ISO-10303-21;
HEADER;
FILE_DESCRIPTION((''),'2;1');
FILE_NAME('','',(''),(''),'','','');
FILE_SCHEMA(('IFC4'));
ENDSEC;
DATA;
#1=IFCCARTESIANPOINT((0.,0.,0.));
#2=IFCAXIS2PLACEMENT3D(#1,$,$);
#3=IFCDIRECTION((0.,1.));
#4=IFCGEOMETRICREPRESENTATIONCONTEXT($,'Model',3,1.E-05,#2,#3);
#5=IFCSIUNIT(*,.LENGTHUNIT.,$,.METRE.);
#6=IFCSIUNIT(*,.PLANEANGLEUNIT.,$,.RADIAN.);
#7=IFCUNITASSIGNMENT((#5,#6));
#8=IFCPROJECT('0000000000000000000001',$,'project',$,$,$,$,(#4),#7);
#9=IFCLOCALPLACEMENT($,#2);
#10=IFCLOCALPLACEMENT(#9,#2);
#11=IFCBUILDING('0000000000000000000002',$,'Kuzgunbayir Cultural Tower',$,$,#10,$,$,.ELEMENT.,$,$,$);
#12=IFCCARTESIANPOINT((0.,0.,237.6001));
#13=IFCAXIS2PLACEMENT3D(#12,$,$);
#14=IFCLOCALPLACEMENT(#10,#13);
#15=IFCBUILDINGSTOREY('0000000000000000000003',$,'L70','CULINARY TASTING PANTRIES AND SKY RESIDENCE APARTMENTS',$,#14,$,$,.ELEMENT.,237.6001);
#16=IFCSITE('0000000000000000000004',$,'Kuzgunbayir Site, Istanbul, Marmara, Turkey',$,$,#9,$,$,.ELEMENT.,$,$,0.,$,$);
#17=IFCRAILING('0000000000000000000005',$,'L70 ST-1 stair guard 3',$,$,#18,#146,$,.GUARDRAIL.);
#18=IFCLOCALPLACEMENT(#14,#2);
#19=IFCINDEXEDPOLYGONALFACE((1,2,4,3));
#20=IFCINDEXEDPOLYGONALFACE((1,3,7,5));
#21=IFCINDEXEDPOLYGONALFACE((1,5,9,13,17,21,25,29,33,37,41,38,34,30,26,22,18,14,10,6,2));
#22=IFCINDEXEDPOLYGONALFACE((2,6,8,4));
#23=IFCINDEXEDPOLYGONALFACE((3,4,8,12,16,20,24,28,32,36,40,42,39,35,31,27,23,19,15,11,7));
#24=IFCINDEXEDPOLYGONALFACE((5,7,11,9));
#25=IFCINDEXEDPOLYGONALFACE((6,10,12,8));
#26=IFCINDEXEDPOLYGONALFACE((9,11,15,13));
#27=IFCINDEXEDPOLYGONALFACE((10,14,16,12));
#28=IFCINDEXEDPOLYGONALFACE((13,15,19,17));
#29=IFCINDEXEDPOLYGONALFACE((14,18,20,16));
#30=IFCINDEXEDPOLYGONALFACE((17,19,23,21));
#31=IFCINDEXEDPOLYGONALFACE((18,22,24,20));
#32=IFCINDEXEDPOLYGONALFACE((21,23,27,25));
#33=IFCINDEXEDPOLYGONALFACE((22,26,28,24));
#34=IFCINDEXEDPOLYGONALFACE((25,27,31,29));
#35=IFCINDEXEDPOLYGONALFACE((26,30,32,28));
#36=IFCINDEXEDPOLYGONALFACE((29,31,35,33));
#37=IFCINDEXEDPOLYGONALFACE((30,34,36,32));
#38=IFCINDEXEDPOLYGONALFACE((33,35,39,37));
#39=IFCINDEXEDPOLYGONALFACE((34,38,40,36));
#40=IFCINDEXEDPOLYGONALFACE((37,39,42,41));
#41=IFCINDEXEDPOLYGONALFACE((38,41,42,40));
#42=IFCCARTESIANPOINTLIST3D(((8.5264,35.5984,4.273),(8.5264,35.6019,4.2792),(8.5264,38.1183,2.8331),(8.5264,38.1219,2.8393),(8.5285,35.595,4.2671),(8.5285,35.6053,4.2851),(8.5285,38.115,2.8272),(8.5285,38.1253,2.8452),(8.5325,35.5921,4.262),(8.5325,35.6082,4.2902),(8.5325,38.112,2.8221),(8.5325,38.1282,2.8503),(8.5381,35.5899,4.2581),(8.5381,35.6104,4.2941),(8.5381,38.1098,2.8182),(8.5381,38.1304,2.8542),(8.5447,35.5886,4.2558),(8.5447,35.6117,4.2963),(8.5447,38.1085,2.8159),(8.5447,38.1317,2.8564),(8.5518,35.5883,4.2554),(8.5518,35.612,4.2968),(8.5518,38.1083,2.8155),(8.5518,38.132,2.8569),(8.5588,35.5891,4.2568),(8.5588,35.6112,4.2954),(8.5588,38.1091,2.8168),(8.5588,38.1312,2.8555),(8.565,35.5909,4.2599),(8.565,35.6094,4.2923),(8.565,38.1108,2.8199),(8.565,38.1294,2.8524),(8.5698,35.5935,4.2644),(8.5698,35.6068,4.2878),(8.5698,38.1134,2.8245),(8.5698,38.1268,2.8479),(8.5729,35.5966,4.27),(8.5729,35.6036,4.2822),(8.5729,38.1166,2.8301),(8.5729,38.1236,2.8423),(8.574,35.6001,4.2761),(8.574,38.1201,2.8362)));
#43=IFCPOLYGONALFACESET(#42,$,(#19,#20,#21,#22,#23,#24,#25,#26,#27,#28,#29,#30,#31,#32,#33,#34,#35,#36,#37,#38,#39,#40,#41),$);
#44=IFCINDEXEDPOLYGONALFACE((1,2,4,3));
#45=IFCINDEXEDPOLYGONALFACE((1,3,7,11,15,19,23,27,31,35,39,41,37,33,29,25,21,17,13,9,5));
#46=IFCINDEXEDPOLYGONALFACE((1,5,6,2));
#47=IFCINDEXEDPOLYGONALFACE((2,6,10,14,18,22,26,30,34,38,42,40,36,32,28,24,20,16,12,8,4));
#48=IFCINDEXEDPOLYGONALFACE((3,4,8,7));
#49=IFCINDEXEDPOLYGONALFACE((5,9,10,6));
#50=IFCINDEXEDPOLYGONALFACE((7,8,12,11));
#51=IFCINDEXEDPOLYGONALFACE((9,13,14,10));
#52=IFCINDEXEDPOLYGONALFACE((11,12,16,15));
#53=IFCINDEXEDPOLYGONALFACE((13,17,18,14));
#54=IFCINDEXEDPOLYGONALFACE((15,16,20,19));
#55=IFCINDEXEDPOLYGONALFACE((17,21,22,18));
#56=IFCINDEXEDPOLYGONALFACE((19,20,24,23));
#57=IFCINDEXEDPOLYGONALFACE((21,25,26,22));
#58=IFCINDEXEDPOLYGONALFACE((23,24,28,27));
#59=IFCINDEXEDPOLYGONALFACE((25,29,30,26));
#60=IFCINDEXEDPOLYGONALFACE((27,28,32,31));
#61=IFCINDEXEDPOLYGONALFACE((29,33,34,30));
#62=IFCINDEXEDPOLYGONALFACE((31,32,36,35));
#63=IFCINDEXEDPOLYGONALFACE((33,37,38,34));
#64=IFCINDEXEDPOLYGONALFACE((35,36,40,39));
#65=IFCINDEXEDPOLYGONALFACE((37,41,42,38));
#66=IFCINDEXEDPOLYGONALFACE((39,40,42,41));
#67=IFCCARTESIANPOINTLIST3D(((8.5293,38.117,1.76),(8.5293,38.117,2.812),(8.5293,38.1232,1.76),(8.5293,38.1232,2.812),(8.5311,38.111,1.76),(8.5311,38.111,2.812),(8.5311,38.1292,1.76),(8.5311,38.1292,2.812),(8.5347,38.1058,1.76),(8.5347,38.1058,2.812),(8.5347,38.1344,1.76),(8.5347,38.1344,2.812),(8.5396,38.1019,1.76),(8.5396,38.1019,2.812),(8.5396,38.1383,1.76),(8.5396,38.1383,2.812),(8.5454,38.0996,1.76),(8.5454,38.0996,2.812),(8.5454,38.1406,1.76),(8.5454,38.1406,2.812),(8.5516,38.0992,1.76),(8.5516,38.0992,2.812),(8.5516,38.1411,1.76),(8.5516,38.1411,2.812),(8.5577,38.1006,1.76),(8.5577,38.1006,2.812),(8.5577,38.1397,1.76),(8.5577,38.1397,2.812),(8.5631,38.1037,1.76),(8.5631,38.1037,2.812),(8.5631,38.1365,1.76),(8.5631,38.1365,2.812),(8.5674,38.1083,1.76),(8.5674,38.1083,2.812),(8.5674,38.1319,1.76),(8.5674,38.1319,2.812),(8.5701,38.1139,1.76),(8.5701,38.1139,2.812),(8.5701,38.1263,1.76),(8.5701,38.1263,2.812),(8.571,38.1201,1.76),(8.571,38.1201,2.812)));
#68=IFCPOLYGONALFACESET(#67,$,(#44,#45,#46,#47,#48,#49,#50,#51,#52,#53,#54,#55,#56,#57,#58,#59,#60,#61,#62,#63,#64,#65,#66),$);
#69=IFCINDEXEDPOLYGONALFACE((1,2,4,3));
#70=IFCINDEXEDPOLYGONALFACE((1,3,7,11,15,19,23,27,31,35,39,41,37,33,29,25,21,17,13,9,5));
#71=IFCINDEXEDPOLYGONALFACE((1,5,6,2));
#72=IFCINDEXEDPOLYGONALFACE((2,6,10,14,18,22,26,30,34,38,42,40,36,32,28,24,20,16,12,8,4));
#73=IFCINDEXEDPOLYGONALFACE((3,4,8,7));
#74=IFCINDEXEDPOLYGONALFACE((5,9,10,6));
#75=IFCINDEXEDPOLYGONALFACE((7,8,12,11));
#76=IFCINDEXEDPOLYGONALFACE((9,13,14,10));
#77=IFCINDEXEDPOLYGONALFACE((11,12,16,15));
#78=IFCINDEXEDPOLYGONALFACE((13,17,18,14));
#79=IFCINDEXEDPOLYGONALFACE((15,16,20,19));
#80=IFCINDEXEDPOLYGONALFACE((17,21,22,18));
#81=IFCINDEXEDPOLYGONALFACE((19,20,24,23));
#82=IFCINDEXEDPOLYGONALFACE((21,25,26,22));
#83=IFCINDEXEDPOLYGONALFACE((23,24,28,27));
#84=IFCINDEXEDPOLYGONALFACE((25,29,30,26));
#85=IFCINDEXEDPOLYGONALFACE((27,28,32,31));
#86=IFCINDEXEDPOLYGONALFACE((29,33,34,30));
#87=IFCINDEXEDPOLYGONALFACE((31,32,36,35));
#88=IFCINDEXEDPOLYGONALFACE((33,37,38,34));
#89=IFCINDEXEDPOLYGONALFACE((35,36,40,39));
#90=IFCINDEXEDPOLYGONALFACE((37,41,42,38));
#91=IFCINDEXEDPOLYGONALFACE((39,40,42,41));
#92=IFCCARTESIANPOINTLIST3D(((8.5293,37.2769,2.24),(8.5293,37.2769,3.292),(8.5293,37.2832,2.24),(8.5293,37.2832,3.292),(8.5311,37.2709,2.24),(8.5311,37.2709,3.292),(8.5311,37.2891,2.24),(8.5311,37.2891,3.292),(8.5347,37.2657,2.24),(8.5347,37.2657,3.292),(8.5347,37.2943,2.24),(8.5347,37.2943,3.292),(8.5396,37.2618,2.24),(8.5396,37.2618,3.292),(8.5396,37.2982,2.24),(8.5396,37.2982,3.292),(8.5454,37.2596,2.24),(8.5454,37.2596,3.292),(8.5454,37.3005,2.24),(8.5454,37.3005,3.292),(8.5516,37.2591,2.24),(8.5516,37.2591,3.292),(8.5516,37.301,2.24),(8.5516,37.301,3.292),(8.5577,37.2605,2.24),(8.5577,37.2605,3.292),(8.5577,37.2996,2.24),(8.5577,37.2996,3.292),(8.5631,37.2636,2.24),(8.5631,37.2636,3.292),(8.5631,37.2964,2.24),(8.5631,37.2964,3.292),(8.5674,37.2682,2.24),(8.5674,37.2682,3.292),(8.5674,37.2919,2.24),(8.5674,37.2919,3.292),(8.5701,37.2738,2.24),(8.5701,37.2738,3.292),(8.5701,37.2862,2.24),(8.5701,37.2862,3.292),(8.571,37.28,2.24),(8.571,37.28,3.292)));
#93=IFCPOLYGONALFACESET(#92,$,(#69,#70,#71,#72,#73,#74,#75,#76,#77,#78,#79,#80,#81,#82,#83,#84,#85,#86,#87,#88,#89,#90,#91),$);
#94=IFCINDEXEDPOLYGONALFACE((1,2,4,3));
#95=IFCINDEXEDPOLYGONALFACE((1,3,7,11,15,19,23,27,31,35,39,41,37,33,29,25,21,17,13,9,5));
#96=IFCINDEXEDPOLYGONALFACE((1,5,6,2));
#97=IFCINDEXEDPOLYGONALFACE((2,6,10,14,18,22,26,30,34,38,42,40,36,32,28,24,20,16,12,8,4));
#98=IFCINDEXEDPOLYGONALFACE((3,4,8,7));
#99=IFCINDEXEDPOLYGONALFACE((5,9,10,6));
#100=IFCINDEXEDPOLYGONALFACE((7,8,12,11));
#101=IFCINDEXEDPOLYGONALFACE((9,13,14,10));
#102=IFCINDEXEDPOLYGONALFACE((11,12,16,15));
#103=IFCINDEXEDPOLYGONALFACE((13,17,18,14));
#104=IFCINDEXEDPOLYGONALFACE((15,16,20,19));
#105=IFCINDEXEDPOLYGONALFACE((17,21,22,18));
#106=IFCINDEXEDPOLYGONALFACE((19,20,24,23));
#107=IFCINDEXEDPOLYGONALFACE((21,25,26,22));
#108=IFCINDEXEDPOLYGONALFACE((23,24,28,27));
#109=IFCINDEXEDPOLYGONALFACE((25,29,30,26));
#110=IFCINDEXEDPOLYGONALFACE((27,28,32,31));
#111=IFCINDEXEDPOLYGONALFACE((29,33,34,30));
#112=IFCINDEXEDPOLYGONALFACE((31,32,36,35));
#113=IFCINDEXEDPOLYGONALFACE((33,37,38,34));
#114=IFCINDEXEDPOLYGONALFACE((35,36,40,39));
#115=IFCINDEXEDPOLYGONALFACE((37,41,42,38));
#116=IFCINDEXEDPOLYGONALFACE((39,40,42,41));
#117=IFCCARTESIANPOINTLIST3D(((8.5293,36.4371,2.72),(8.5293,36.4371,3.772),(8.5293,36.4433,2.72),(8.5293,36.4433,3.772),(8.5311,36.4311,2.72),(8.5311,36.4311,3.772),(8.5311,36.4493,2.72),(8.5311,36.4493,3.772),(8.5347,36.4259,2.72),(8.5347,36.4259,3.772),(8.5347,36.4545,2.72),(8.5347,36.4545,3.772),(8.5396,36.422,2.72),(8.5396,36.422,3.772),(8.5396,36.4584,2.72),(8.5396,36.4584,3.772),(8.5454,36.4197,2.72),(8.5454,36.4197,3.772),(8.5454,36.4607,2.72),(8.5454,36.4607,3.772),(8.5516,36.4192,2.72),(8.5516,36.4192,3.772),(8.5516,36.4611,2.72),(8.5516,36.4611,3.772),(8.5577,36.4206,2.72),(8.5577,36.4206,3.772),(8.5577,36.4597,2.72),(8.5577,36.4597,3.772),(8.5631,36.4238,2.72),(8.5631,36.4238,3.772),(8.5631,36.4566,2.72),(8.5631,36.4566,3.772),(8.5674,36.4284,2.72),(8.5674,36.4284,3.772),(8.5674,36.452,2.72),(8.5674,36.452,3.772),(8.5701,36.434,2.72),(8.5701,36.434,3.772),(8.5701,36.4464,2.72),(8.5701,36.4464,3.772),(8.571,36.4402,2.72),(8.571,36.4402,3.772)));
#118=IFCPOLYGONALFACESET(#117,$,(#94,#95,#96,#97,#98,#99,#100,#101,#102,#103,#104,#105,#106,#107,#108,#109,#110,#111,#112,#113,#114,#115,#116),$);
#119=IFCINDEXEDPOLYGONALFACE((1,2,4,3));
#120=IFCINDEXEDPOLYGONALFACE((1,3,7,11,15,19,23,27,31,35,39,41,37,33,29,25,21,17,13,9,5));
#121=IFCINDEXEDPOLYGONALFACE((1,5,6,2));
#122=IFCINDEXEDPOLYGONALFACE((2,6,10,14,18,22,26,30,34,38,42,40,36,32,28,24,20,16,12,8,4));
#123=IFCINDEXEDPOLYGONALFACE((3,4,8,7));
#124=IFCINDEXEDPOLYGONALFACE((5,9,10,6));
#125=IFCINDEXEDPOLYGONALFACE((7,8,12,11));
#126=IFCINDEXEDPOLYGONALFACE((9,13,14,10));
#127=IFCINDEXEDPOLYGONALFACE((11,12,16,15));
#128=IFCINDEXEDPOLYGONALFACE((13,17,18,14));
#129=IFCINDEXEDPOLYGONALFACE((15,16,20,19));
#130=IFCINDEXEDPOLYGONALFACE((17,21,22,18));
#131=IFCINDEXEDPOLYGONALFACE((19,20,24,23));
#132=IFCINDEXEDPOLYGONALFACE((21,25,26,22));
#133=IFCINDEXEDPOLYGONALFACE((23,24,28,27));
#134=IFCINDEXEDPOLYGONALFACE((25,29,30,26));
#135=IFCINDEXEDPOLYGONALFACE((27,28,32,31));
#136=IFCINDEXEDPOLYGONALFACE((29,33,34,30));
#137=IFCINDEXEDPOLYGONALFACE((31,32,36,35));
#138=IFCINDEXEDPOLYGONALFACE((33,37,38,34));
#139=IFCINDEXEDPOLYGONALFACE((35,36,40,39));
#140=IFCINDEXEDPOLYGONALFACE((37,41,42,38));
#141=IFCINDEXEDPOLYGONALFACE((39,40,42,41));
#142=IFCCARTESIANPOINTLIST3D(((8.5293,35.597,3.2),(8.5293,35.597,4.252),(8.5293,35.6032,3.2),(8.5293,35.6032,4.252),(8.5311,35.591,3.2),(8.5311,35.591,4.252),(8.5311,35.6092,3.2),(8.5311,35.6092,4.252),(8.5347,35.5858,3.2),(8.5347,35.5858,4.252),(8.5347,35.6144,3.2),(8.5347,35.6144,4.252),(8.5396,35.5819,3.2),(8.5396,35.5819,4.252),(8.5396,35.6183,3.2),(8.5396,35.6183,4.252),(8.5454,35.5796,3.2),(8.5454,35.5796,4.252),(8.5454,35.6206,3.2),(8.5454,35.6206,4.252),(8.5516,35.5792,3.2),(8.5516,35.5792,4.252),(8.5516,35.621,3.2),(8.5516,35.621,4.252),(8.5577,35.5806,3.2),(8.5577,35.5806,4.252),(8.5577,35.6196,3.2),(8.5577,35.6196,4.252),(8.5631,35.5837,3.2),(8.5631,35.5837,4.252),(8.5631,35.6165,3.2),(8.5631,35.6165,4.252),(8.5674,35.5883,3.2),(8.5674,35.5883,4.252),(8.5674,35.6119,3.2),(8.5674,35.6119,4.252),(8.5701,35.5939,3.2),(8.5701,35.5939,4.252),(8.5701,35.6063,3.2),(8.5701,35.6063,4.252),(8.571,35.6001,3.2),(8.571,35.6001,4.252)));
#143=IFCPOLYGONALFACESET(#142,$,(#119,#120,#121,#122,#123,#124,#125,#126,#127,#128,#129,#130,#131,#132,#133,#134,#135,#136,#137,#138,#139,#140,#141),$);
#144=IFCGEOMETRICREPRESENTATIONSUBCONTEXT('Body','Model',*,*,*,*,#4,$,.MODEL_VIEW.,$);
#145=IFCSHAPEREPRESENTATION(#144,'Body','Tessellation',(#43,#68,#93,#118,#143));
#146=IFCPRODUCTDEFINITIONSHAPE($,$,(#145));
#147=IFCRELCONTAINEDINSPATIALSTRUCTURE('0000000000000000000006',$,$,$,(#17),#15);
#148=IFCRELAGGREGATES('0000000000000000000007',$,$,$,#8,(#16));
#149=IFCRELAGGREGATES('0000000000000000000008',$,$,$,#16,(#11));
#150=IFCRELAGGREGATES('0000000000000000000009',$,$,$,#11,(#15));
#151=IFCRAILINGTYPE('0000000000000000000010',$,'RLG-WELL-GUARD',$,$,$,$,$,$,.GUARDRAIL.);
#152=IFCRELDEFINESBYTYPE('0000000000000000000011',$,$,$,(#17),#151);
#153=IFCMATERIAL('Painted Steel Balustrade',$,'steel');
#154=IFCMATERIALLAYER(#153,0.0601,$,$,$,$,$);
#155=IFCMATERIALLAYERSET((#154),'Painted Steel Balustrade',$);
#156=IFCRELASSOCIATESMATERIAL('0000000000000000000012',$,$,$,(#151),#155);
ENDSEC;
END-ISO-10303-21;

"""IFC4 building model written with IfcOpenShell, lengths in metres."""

from ifc_helpers import new_model, si_unit, direction, frame, origin, origin_2d, place, context, subcontext, project, spatial, circle, extrude, material, layer, layer_set, type_object, element, save


model = new_model("IFC4")

# Units and contexts
model_context = context("Model", 3, precision=1e-05, world=origin(), true_north=direction((0.0, 1.0)))
body_context = subcontext(model_context, "Body", "Model", "MODEL_VIEW")
ifc_project = project(units=[si_unit("LENGTHUNIT", "METRE"), si_unit("PLANEANGLEUNIT", "RADIAN")], contexts=[model_context])

# Site, building, storey
site_placement = place(None, origin())
site = spatial("IfcSite", under=ifc_project, at=site_placement, Name="Kuzgunbayir Site, Istanbul, Marmara, Turkey", CompositionType="ELEMENT", RefElevation=0.0)
building_placement = place(site_placement, origin())
building = spatial("IfcBuilding", under=site, at=building_placement, Name="Kuzgunbayir Cultural Tower", CompositionType="ELEMENT")
storey_placement = place(building_placement, frame((0.0, 0.0, 237.6001)))
storey = spatial("IfcBuildingStorey", under=building, at=storey_placement, Name="L70", Description="CULINARY TASTING PANTRIES AND SKY RESIDENCE APARTMENTS", CompositionType="ELEMENT", Elevation=237.6001)

# Railing
ifc_material_1 = material(Name="Painted Steel Balustrade", Category="steel")
ifc_layer_1 = layer(ifc_material_1, 0.0601)
ifc_layer_set_1 = layer_set([ifc_layer_1], Name="Painted Steel Balustrade")
railing_type_1 = type_object("IfcRailingType", Name="RLG-WELL-GUARD", PredefinedType="GUARDRAIL", material=ifc_layer_set_1)
railing_1_placement = place(storey_placement, frame((8.55, 38.1201, 1.76)))
element("IfcRailing", 1, at=railing_1_placement, inside=storey, type_object=railing_type_1, Name="L70 ST-1 stair guard 3", PredefinedType="GUARDRAIL", context=body_context, shape_type="SweptSolid", body=[
    extrude(circle(Radius=0.0239, at=origin_2d()), frame((0.0, 0.0, 1.0762), z_axis=(0.0, -0.868253, 0.496121), x_axis=(1.0, 0.0, 0.0)), (0.0, 0.0, 1.0), 2.9023),
    extrude(circle(Radius=0.021, at=origin_2d()), origin(), (0.0, 0.0, 1.0), 1.052),
    extrude(circle(Radius=0.021, at=origin_2d()), frame((0.0, -0.8401, 0.48)), (0.0, 0.0, 1.0), 1.052),
    extrude(circle(Radius=0.021, at=origin_2d()), frame((0.0, -1.6799, 0.96)), (0.0, 0.0, 1.0), 1.052),
    extrude(circle(Radius=0.021, at=origin_2d()), frame((0.0, -2.52, 1.4399)), (0.0, 0.0, 1.0), 1.052),
])

save(model, "model.ifc")
